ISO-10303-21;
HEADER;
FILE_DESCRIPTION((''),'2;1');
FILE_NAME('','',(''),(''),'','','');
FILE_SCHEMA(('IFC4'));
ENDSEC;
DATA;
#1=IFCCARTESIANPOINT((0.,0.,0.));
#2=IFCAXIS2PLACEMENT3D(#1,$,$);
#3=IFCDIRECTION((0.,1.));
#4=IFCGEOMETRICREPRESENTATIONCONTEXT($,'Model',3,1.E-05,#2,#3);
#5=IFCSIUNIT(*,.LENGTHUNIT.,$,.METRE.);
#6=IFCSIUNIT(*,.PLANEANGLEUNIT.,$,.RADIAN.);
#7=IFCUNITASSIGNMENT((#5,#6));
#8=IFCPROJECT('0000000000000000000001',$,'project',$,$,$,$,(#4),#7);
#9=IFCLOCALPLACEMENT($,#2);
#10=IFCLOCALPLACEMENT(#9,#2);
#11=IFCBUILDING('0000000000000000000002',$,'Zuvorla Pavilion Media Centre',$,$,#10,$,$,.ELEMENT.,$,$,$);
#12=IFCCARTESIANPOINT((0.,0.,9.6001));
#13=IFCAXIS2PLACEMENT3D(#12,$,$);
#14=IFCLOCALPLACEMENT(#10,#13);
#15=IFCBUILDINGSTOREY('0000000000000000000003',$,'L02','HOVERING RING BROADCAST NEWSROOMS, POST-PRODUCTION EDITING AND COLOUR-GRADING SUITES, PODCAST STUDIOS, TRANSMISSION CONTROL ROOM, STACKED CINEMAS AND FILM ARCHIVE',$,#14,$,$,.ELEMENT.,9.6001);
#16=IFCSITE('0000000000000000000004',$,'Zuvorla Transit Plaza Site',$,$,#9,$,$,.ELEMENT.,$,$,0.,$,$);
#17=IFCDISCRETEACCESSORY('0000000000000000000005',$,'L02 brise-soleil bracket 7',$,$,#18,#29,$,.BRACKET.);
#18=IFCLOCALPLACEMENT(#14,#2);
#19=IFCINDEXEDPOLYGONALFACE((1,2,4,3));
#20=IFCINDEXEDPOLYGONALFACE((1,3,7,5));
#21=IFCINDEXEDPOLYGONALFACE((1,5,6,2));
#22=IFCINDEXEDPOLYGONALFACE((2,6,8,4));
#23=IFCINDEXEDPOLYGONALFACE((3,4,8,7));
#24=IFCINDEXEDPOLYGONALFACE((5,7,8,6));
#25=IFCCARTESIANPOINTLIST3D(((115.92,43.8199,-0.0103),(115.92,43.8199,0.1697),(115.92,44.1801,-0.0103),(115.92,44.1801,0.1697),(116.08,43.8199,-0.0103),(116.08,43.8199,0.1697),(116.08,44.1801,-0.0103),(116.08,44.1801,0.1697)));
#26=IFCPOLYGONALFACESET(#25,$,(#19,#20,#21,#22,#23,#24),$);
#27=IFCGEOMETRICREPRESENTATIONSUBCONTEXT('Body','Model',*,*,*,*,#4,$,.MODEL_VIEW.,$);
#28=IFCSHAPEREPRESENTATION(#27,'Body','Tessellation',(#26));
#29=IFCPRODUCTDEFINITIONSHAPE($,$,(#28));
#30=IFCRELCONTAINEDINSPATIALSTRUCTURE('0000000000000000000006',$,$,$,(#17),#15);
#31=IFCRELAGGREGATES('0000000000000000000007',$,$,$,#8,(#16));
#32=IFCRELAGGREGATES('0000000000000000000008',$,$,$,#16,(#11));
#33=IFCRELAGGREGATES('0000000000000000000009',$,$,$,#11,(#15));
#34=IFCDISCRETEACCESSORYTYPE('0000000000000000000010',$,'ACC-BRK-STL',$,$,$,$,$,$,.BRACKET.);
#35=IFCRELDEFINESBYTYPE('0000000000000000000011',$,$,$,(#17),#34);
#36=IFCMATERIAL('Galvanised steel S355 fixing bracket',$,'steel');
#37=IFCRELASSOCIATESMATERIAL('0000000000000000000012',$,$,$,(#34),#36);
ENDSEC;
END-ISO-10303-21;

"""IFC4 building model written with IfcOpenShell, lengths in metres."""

from ifc_helpers import new_model, si_unit, direction, frame, origin, origin_2d, place, context, subcontext, project, spatial, rectangle, extrude, material, type_object, element, save


model = new_model("IFC4")

# Units and contexts
model_context = context("Model", 3, precision=1e-05, world=origin(), true_north=direction((0.0, 1.0)))
body_context = subcontext(model_context, "Body", "Model", "MODEL_VIEW")
ifc_project = project(units=[si_unit("LENGTHUNIT", "METRE"), si_unit("PLANEANGLEUNIT", "RADIAN")], contexts=[model_context])

# Site, building, storey
site_placement = place(None, origin())
site = spatial("IfcSite", under=ifc_project, at=site_placement, Name="Zuvorla Transit Plaza Site", CompositionType="ELEMENT", RefElevation=0.0)
building_placement = place(site_placement, origin())
building = spatial("IfcBuilding", under=site, at=building_placement, Name="Zuvorla Pavilion Media Centre", CompositionType="ELEMENT")
storey_placement = place(building_placement, frame((0.0, 0.0, 9.6001)))
storey = spatial("IfcBuildingStorey", under=building, at=storey_placement, Name="L02", Description="HOVERING RING BROADCAST NEWSROOMS, POST-PRODUCTION EDITING AND COLOUR-GRADING SUITES, PODCAST STUDIOS, TRANSMISSION CONTROL ROOM, STACKED CINEMAS AND FILM ARCHIVE", CompositionType="ELEMENT", Elevation=9.6001)

# Discrete accessory
ifc_material_1 = material(Name="Galvanised steel S355 fixing bracket", Category="steel")
discrete_accessory_type = type_object("IfcDiscreteAccessoryType", Name="ACC-BRK-STL", PredefinedType="BRACKET", material=ifc_material_1)
discrete_accessory_placement = place(storey_placement, frame((116.0, 44.0, -0.0103), z_axis=(0.0, 0.0, 1.0), x_axis=(1.0, 0.0, 0.0)))
element("IfcDiscreteAccessory", 1, at=discrete_accessory_placement, inside=storey, type_object=discrete_accessory_type, Name="L02 brise-soleil bracket 7", PredefinedType="BRACKET", context=body_context, shape_type="SweptSolid", body=[
    extrude(rectangle(XDim=0.1599, YDim=0.3601, at=origin_2d()), origin(), (0.0, 0.0, 1.0), 0.1799),
])

save(model, "model.ifc")
